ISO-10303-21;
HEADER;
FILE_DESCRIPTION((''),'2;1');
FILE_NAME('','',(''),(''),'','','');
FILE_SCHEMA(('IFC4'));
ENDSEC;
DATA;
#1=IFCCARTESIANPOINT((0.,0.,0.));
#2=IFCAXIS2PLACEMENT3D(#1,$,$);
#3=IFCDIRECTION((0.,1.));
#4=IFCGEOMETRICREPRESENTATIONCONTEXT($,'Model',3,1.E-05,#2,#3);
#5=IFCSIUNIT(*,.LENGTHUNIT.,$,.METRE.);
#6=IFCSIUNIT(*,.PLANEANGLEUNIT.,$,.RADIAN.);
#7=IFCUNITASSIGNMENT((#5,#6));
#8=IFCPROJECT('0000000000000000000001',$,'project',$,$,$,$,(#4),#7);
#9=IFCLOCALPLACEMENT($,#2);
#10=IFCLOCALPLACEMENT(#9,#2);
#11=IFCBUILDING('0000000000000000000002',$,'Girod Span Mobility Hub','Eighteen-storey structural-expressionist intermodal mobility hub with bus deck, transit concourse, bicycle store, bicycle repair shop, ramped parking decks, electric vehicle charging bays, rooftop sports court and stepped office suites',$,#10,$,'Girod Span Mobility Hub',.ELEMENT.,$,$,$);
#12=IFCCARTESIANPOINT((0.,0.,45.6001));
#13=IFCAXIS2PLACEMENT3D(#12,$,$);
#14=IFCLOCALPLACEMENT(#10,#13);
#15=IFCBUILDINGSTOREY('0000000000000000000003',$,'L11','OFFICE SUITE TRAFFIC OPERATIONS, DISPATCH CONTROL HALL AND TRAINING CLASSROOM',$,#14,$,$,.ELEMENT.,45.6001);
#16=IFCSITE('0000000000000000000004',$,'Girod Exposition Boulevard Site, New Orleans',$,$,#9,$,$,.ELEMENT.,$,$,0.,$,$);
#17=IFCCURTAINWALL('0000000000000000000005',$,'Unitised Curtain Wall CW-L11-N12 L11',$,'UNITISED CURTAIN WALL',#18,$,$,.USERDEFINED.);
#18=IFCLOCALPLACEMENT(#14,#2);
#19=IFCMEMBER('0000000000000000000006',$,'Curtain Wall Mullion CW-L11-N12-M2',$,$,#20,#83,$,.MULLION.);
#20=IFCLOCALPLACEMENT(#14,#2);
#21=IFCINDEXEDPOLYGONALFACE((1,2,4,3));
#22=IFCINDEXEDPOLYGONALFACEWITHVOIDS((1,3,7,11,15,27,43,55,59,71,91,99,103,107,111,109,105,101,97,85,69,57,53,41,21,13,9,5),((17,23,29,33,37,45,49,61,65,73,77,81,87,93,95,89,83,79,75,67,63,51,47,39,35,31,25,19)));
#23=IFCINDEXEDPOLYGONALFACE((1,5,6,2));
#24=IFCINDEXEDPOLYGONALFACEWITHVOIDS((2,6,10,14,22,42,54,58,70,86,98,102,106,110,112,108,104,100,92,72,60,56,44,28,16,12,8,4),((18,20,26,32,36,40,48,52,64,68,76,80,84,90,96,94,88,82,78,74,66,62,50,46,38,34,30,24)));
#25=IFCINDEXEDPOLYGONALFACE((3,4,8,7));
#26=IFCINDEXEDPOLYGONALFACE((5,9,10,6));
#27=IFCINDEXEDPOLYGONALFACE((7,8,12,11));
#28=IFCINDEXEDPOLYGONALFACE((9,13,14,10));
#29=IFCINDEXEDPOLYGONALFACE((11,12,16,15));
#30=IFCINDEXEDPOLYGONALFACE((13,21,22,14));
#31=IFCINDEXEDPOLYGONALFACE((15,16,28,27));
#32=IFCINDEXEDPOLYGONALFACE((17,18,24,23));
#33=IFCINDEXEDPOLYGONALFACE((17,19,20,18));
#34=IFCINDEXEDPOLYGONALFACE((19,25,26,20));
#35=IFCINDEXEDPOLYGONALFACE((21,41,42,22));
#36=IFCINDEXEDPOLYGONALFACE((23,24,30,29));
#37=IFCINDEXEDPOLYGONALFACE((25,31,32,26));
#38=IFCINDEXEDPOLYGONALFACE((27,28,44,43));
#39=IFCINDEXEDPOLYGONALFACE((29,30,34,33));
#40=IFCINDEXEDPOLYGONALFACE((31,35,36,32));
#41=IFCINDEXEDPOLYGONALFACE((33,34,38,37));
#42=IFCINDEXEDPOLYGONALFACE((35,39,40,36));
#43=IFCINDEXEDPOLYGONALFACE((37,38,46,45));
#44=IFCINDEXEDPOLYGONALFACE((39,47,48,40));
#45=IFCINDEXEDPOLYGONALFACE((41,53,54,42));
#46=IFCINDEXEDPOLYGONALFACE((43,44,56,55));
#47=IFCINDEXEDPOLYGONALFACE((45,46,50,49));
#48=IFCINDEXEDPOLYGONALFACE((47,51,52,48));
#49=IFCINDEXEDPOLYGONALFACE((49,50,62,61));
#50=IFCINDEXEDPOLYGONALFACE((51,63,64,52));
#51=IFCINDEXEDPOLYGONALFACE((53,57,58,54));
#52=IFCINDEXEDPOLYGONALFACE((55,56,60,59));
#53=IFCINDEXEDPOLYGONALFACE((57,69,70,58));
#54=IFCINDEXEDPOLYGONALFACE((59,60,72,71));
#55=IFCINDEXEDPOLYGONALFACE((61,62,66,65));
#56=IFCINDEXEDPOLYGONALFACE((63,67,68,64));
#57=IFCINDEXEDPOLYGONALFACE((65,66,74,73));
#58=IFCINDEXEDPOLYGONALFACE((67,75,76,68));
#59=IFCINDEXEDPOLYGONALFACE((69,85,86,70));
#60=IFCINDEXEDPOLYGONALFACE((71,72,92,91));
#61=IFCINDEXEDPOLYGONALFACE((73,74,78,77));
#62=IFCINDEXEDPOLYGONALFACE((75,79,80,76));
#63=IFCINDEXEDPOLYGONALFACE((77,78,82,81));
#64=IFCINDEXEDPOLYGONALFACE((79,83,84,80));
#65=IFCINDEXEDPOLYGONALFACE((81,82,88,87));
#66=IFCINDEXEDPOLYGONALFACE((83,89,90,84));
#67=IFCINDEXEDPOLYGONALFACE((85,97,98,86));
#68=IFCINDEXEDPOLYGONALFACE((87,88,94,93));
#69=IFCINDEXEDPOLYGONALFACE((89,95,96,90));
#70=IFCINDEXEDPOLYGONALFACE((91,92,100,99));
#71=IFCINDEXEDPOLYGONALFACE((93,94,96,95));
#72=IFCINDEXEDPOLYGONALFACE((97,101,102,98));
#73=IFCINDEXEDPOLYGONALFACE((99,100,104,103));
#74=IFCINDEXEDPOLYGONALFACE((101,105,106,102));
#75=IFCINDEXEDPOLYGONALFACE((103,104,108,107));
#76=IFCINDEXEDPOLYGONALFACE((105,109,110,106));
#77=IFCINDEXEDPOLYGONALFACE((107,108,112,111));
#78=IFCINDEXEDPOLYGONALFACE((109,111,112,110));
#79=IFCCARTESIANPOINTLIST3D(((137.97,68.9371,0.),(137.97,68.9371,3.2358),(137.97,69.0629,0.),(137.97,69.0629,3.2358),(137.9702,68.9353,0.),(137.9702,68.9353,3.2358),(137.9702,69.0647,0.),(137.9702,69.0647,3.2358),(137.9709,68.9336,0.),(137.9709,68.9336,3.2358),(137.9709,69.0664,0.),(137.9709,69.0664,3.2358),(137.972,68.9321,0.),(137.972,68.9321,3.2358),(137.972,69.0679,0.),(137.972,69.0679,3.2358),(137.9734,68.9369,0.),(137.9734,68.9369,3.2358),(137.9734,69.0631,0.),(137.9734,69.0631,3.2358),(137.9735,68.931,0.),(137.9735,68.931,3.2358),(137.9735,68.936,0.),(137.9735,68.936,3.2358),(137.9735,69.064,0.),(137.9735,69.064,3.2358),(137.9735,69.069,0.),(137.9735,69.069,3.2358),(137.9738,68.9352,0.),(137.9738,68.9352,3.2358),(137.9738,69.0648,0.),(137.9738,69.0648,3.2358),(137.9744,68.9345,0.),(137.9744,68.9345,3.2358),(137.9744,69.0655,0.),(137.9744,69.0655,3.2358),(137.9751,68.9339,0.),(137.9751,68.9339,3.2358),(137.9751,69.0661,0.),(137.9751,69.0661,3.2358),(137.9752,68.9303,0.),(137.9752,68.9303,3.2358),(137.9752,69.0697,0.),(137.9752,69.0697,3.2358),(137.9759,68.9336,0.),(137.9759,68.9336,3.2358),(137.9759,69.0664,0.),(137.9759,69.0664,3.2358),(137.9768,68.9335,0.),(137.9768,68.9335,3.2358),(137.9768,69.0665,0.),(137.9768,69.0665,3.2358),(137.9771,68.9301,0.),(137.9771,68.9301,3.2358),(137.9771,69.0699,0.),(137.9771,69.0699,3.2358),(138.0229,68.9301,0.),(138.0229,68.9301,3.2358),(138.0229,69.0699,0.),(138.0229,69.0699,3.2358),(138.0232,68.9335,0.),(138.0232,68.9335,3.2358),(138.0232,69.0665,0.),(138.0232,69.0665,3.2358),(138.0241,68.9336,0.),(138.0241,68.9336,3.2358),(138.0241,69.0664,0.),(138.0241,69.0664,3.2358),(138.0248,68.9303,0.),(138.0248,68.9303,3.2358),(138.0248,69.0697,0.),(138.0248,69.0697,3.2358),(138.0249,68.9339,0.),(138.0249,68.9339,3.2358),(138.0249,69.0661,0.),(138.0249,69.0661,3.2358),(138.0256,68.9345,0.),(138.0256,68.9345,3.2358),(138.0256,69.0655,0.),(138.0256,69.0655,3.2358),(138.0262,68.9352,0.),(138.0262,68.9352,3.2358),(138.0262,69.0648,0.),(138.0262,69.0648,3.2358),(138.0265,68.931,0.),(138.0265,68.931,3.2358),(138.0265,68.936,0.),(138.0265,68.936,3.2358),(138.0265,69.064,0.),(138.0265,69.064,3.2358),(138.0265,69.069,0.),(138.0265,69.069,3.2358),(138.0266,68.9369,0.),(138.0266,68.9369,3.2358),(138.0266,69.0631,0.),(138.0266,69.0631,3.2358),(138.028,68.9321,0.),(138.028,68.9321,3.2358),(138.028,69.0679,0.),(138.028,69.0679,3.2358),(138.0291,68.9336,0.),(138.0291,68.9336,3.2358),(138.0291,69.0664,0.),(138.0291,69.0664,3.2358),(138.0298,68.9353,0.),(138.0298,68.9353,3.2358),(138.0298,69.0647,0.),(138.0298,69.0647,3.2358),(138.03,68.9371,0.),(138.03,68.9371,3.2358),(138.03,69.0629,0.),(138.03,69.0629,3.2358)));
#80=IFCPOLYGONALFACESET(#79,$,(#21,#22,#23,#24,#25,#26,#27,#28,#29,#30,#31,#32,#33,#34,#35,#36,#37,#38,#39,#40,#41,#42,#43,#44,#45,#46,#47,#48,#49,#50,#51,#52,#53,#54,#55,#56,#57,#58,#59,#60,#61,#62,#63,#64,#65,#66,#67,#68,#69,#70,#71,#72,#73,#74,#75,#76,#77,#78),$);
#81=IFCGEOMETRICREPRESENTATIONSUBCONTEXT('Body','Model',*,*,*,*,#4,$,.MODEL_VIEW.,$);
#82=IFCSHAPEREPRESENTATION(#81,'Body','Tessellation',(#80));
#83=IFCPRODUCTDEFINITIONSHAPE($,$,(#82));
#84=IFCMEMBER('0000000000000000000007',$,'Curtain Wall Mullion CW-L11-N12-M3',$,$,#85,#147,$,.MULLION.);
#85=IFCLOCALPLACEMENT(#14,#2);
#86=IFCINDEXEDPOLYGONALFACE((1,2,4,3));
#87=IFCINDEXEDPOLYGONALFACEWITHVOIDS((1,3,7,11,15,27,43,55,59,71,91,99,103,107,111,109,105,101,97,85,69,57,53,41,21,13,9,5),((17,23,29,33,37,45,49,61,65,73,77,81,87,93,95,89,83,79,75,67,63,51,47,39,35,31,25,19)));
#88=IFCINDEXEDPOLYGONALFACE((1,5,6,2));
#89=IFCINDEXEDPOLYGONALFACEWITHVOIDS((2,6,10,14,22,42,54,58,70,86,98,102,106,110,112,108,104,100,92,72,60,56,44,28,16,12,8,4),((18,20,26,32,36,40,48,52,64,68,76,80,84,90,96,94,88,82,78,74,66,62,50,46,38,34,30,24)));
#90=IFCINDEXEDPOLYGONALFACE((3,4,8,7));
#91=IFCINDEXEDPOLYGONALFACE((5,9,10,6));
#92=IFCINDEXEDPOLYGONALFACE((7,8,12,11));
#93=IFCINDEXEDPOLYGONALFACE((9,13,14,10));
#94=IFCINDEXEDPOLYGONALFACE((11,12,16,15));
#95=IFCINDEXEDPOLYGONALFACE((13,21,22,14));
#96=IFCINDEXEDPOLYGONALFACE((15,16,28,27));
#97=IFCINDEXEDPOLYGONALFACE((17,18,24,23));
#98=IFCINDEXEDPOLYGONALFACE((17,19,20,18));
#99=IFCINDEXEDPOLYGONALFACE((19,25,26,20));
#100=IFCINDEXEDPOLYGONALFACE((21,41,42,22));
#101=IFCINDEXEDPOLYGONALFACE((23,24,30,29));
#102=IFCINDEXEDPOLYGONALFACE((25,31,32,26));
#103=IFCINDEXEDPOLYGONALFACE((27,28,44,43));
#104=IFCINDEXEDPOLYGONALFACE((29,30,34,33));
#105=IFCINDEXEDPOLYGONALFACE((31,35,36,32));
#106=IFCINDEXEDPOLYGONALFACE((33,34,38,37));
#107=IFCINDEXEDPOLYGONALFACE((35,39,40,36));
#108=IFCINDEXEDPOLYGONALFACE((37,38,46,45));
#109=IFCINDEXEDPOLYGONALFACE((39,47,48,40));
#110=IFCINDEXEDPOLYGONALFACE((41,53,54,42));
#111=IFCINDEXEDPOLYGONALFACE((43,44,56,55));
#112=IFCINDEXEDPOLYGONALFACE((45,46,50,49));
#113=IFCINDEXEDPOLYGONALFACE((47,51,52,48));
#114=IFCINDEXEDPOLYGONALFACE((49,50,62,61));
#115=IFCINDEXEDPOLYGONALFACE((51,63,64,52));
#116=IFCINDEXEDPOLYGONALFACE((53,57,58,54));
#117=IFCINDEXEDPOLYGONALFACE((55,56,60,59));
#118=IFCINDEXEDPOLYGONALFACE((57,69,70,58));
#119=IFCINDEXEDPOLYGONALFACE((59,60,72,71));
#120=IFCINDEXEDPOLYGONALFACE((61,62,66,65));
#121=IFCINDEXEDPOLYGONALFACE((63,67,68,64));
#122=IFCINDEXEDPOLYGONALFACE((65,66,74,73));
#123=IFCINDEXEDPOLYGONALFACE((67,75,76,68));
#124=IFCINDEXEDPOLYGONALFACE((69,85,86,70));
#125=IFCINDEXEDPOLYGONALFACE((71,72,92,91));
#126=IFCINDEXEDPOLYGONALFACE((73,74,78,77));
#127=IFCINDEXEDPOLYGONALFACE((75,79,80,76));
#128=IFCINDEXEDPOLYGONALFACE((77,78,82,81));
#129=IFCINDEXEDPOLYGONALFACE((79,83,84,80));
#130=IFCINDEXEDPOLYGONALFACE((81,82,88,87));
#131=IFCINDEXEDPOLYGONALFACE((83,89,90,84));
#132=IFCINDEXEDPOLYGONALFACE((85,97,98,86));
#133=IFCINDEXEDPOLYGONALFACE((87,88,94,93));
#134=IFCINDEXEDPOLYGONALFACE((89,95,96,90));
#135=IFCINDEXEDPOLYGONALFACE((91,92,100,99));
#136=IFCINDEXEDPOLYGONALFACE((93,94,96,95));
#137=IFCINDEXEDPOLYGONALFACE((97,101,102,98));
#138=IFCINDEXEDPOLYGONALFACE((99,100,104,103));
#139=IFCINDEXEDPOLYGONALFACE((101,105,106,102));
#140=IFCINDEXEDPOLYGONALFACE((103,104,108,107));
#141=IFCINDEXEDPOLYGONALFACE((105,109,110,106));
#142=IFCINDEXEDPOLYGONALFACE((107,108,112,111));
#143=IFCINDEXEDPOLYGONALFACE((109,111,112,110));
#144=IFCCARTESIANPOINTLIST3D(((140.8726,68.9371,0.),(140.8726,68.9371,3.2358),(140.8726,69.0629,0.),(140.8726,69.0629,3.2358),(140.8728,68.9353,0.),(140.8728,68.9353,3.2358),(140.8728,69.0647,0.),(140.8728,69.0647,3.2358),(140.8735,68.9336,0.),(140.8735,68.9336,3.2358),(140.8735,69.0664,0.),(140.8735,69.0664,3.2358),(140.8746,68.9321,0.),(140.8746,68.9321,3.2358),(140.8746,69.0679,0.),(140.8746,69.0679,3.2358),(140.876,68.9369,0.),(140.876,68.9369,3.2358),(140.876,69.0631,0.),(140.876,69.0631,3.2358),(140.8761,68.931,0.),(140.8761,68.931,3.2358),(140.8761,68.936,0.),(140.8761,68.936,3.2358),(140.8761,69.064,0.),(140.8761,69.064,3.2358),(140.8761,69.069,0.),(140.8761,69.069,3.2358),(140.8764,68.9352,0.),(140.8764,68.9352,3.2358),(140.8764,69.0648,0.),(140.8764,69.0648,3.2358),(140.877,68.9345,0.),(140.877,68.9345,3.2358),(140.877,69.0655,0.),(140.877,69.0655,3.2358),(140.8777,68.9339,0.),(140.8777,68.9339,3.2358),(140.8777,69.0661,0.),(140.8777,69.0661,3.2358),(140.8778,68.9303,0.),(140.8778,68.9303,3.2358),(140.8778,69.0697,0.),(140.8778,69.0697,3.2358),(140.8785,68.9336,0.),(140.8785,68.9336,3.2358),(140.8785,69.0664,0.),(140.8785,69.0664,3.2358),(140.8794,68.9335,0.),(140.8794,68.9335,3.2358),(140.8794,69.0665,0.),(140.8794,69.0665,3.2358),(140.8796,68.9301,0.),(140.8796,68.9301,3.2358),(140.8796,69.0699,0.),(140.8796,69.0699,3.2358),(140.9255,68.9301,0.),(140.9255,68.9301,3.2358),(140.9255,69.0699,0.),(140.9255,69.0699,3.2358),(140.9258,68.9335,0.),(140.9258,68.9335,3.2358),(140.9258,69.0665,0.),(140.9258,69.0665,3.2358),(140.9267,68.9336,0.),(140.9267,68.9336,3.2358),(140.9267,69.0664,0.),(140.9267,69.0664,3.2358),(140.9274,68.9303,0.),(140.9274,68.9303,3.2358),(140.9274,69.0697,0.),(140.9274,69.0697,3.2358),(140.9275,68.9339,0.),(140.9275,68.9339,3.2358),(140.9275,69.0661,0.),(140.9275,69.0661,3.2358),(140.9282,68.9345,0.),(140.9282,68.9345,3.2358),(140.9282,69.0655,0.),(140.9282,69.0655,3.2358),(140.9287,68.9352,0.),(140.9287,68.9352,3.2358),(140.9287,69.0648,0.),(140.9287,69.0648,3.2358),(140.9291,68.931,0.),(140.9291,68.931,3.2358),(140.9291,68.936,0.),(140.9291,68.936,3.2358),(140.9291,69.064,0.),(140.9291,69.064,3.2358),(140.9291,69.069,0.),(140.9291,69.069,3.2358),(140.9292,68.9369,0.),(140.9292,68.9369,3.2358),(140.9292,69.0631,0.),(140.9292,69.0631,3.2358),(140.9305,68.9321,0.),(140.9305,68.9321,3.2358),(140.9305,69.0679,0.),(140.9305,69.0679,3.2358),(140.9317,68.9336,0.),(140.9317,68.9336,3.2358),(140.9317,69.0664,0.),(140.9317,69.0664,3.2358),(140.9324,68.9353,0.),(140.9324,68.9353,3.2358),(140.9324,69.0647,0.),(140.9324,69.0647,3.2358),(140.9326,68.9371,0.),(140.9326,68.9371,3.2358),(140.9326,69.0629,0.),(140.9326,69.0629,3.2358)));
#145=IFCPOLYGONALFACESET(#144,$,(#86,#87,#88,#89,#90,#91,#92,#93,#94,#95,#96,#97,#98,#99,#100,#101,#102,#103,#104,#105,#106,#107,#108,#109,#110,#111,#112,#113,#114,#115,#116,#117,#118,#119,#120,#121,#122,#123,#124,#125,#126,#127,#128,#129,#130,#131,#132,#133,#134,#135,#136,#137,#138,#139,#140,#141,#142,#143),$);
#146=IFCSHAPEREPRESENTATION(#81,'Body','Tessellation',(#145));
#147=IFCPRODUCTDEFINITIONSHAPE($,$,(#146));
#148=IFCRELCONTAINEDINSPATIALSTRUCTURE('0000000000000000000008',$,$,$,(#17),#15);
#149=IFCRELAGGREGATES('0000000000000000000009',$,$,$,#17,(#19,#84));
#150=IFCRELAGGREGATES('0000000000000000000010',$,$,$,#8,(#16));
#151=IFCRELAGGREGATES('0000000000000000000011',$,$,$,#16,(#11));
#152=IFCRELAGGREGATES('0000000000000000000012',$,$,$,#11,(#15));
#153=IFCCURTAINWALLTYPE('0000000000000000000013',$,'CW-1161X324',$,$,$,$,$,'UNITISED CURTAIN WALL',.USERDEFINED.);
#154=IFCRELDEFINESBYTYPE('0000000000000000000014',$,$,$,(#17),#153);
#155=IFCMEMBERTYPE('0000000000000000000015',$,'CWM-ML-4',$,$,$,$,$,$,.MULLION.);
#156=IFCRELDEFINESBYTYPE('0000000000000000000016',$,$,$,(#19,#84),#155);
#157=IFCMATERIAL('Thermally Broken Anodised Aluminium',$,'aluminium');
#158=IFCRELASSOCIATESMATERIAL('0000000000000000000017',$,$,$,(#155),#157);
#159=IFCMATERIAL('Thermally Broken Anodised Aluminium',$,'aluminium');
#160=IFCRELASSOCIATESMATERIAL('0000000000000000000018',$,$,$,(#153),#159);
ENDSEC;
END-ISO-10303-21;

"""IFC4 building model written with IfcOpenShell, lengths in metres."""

from ifc_helpers import new_model, si_unit, direction, frame, origin, origin_2d, place, context, subcontext, project, spatial, hollow_rectangle, extrude, material, material_profile, profile_set, type_object, element, aggregate, save


model = new_model("IFC4")

# Units and contexts
model_context = context("Model", 3, precision=1e-05, world=origin(), true_north=direction((0.0, 1.0)))
body_context = subcontext(model_context, "Body", "Model", "MODEL_VIEW")
ifc_project = project(units=[si_unit("LENGTHUNIT", "METRE"), si_unit("PLANEANGLEUNIT", "RADIAN")], contexts=[model_context])

# Site, building, storey
site_placement = place(None, origin())
site = spatial("IfcSite", under=ifc_project, at=site_placement, Name="Girod Exposition Boulevard Site, New Orleans", CompositionType="ELEMENT", RefElevation=0.0)
building_placement = place(site_placement, origin())
building = spatial("IfcBuilding", under=site, at=building_placement, Name="Girod Span Mobility Hub", Description="Eighteen-storey structural-expressionist intermodal mobility hub with bus deck, transit concourse, bicycle store, bicycle repair shop, ramped parking decks, electric vehicle charging bays, rooftop sports court and stepped office suites", LongName="Girod Span Mobility Hub", CompositionType="ELEMENT")
storey_placement = place(building_placement, frame((0.0, 0.0, 45.6001)))
storey = spatial("IfcBuildingStorey", under=building, at=storey_placement, Name="L11", Description="OFFICE SUITE TRAFFIC OPERATIONS, DISPATCH CONTROL HALL AND TRAINING CLASSROOM", CompositionType="ELEMENT", Elevation=45.6001)

# Curtain wall, members
ifc_material_1 = material(Name="Thermally Broken Anodised Aluminium", Category="aluminium")
ifc_material_profile_1 = material_profile(ifc_material_1, hollow_rectangle(XDim=0.1399, YDim=0.0601, WallThickness=0.0034, InnerFilletRadius=0.0034, OuterFilletRadius=0.0071, at=origin_2d()), Name="CW-ML-60X140")
ifc_profile_set_1 = profile_set([ifc_material_profile_1], Name="Thermally Broken Anodised Aluminium")
member_type_1 = type_object("IfcMemberType", Name="CWM-ML-4", PredefinedType="MULLION", material=ifc_profile_set_1)
ifc_material_2 = material(Name="Thermally Broken Anodised Aluminium", Category="aluminium")
curtain_wall_type_1 = type_object("IfcCurtainWallType", Name="CW-1161X324", ElementType="UNITISED CURTAIN WALL", PredefinedType="USERDEFINED", material=ifc_material_2)
curtain_wall_1_placement = place(storey_placement, origin())
curtain_wall_1 = element("IfcCurtainWall", 1, at=curtain_wall_1_placement, inside=storey, type_object=curtain_wall_type_1, Name="Unitised Curtain Wall CW-L11-N12 L11", ObjectType="UNITISED CURTAIN WALL", PredefinedType="USERDEFINED")
member_1_placement = place(storey_placement, frame((138.0, 69.0, 0.0), z_axis=(0.0, 0.0, 1.0), x_axis=(0.0, 1.0, 0.0)))
member_1 = element("IfcMember", 2, at=member_1_placement, type_object=member_type_1, Name="Curtain Wall Mullion CW-L11-N12-M2", PredefinedType="MULLION", context=body_context, shape_type="SweptSolid", body=[
    extrude(hollow_rectangle(XDim=0.1399, YDim=0.0601, WallThickness=0.0034, InnerFilletRadius=0.0034, OuterFilletRadius=0.0071, at=origin_2d()), origin(), (0.0, 0.0, 1.0), 3.2358),
])
member_2_placement = place(storey_placement, frame((140.9026, 69.0, 0.0), z_axis=(0.0, 0.0, 1.0), x_axis=(0.0, 1.0, 0.0)))
member_2 = element("IfcMember", 3, at=member_2_placement, type_object=member_type_1, Name="Curtain Wall Mullion CW-L11-N12-M3", PredefinedType="MULLION", context=body_context, shape_type="SweptSolid", body=[
    extrude(hollow_rectangle(XDim=0.1399, YDim=0.0601, WallThickness=0.0034, InnerFilletRadius=0.0034, OuterFilletRadius=0.0071, at=origin_2d()), origin(), (0.0, 0.0, 1.0), 3.2358),
])

aggregate(curtain_wall_1, [member_1, member_2])

save(model, "model.ifc")
